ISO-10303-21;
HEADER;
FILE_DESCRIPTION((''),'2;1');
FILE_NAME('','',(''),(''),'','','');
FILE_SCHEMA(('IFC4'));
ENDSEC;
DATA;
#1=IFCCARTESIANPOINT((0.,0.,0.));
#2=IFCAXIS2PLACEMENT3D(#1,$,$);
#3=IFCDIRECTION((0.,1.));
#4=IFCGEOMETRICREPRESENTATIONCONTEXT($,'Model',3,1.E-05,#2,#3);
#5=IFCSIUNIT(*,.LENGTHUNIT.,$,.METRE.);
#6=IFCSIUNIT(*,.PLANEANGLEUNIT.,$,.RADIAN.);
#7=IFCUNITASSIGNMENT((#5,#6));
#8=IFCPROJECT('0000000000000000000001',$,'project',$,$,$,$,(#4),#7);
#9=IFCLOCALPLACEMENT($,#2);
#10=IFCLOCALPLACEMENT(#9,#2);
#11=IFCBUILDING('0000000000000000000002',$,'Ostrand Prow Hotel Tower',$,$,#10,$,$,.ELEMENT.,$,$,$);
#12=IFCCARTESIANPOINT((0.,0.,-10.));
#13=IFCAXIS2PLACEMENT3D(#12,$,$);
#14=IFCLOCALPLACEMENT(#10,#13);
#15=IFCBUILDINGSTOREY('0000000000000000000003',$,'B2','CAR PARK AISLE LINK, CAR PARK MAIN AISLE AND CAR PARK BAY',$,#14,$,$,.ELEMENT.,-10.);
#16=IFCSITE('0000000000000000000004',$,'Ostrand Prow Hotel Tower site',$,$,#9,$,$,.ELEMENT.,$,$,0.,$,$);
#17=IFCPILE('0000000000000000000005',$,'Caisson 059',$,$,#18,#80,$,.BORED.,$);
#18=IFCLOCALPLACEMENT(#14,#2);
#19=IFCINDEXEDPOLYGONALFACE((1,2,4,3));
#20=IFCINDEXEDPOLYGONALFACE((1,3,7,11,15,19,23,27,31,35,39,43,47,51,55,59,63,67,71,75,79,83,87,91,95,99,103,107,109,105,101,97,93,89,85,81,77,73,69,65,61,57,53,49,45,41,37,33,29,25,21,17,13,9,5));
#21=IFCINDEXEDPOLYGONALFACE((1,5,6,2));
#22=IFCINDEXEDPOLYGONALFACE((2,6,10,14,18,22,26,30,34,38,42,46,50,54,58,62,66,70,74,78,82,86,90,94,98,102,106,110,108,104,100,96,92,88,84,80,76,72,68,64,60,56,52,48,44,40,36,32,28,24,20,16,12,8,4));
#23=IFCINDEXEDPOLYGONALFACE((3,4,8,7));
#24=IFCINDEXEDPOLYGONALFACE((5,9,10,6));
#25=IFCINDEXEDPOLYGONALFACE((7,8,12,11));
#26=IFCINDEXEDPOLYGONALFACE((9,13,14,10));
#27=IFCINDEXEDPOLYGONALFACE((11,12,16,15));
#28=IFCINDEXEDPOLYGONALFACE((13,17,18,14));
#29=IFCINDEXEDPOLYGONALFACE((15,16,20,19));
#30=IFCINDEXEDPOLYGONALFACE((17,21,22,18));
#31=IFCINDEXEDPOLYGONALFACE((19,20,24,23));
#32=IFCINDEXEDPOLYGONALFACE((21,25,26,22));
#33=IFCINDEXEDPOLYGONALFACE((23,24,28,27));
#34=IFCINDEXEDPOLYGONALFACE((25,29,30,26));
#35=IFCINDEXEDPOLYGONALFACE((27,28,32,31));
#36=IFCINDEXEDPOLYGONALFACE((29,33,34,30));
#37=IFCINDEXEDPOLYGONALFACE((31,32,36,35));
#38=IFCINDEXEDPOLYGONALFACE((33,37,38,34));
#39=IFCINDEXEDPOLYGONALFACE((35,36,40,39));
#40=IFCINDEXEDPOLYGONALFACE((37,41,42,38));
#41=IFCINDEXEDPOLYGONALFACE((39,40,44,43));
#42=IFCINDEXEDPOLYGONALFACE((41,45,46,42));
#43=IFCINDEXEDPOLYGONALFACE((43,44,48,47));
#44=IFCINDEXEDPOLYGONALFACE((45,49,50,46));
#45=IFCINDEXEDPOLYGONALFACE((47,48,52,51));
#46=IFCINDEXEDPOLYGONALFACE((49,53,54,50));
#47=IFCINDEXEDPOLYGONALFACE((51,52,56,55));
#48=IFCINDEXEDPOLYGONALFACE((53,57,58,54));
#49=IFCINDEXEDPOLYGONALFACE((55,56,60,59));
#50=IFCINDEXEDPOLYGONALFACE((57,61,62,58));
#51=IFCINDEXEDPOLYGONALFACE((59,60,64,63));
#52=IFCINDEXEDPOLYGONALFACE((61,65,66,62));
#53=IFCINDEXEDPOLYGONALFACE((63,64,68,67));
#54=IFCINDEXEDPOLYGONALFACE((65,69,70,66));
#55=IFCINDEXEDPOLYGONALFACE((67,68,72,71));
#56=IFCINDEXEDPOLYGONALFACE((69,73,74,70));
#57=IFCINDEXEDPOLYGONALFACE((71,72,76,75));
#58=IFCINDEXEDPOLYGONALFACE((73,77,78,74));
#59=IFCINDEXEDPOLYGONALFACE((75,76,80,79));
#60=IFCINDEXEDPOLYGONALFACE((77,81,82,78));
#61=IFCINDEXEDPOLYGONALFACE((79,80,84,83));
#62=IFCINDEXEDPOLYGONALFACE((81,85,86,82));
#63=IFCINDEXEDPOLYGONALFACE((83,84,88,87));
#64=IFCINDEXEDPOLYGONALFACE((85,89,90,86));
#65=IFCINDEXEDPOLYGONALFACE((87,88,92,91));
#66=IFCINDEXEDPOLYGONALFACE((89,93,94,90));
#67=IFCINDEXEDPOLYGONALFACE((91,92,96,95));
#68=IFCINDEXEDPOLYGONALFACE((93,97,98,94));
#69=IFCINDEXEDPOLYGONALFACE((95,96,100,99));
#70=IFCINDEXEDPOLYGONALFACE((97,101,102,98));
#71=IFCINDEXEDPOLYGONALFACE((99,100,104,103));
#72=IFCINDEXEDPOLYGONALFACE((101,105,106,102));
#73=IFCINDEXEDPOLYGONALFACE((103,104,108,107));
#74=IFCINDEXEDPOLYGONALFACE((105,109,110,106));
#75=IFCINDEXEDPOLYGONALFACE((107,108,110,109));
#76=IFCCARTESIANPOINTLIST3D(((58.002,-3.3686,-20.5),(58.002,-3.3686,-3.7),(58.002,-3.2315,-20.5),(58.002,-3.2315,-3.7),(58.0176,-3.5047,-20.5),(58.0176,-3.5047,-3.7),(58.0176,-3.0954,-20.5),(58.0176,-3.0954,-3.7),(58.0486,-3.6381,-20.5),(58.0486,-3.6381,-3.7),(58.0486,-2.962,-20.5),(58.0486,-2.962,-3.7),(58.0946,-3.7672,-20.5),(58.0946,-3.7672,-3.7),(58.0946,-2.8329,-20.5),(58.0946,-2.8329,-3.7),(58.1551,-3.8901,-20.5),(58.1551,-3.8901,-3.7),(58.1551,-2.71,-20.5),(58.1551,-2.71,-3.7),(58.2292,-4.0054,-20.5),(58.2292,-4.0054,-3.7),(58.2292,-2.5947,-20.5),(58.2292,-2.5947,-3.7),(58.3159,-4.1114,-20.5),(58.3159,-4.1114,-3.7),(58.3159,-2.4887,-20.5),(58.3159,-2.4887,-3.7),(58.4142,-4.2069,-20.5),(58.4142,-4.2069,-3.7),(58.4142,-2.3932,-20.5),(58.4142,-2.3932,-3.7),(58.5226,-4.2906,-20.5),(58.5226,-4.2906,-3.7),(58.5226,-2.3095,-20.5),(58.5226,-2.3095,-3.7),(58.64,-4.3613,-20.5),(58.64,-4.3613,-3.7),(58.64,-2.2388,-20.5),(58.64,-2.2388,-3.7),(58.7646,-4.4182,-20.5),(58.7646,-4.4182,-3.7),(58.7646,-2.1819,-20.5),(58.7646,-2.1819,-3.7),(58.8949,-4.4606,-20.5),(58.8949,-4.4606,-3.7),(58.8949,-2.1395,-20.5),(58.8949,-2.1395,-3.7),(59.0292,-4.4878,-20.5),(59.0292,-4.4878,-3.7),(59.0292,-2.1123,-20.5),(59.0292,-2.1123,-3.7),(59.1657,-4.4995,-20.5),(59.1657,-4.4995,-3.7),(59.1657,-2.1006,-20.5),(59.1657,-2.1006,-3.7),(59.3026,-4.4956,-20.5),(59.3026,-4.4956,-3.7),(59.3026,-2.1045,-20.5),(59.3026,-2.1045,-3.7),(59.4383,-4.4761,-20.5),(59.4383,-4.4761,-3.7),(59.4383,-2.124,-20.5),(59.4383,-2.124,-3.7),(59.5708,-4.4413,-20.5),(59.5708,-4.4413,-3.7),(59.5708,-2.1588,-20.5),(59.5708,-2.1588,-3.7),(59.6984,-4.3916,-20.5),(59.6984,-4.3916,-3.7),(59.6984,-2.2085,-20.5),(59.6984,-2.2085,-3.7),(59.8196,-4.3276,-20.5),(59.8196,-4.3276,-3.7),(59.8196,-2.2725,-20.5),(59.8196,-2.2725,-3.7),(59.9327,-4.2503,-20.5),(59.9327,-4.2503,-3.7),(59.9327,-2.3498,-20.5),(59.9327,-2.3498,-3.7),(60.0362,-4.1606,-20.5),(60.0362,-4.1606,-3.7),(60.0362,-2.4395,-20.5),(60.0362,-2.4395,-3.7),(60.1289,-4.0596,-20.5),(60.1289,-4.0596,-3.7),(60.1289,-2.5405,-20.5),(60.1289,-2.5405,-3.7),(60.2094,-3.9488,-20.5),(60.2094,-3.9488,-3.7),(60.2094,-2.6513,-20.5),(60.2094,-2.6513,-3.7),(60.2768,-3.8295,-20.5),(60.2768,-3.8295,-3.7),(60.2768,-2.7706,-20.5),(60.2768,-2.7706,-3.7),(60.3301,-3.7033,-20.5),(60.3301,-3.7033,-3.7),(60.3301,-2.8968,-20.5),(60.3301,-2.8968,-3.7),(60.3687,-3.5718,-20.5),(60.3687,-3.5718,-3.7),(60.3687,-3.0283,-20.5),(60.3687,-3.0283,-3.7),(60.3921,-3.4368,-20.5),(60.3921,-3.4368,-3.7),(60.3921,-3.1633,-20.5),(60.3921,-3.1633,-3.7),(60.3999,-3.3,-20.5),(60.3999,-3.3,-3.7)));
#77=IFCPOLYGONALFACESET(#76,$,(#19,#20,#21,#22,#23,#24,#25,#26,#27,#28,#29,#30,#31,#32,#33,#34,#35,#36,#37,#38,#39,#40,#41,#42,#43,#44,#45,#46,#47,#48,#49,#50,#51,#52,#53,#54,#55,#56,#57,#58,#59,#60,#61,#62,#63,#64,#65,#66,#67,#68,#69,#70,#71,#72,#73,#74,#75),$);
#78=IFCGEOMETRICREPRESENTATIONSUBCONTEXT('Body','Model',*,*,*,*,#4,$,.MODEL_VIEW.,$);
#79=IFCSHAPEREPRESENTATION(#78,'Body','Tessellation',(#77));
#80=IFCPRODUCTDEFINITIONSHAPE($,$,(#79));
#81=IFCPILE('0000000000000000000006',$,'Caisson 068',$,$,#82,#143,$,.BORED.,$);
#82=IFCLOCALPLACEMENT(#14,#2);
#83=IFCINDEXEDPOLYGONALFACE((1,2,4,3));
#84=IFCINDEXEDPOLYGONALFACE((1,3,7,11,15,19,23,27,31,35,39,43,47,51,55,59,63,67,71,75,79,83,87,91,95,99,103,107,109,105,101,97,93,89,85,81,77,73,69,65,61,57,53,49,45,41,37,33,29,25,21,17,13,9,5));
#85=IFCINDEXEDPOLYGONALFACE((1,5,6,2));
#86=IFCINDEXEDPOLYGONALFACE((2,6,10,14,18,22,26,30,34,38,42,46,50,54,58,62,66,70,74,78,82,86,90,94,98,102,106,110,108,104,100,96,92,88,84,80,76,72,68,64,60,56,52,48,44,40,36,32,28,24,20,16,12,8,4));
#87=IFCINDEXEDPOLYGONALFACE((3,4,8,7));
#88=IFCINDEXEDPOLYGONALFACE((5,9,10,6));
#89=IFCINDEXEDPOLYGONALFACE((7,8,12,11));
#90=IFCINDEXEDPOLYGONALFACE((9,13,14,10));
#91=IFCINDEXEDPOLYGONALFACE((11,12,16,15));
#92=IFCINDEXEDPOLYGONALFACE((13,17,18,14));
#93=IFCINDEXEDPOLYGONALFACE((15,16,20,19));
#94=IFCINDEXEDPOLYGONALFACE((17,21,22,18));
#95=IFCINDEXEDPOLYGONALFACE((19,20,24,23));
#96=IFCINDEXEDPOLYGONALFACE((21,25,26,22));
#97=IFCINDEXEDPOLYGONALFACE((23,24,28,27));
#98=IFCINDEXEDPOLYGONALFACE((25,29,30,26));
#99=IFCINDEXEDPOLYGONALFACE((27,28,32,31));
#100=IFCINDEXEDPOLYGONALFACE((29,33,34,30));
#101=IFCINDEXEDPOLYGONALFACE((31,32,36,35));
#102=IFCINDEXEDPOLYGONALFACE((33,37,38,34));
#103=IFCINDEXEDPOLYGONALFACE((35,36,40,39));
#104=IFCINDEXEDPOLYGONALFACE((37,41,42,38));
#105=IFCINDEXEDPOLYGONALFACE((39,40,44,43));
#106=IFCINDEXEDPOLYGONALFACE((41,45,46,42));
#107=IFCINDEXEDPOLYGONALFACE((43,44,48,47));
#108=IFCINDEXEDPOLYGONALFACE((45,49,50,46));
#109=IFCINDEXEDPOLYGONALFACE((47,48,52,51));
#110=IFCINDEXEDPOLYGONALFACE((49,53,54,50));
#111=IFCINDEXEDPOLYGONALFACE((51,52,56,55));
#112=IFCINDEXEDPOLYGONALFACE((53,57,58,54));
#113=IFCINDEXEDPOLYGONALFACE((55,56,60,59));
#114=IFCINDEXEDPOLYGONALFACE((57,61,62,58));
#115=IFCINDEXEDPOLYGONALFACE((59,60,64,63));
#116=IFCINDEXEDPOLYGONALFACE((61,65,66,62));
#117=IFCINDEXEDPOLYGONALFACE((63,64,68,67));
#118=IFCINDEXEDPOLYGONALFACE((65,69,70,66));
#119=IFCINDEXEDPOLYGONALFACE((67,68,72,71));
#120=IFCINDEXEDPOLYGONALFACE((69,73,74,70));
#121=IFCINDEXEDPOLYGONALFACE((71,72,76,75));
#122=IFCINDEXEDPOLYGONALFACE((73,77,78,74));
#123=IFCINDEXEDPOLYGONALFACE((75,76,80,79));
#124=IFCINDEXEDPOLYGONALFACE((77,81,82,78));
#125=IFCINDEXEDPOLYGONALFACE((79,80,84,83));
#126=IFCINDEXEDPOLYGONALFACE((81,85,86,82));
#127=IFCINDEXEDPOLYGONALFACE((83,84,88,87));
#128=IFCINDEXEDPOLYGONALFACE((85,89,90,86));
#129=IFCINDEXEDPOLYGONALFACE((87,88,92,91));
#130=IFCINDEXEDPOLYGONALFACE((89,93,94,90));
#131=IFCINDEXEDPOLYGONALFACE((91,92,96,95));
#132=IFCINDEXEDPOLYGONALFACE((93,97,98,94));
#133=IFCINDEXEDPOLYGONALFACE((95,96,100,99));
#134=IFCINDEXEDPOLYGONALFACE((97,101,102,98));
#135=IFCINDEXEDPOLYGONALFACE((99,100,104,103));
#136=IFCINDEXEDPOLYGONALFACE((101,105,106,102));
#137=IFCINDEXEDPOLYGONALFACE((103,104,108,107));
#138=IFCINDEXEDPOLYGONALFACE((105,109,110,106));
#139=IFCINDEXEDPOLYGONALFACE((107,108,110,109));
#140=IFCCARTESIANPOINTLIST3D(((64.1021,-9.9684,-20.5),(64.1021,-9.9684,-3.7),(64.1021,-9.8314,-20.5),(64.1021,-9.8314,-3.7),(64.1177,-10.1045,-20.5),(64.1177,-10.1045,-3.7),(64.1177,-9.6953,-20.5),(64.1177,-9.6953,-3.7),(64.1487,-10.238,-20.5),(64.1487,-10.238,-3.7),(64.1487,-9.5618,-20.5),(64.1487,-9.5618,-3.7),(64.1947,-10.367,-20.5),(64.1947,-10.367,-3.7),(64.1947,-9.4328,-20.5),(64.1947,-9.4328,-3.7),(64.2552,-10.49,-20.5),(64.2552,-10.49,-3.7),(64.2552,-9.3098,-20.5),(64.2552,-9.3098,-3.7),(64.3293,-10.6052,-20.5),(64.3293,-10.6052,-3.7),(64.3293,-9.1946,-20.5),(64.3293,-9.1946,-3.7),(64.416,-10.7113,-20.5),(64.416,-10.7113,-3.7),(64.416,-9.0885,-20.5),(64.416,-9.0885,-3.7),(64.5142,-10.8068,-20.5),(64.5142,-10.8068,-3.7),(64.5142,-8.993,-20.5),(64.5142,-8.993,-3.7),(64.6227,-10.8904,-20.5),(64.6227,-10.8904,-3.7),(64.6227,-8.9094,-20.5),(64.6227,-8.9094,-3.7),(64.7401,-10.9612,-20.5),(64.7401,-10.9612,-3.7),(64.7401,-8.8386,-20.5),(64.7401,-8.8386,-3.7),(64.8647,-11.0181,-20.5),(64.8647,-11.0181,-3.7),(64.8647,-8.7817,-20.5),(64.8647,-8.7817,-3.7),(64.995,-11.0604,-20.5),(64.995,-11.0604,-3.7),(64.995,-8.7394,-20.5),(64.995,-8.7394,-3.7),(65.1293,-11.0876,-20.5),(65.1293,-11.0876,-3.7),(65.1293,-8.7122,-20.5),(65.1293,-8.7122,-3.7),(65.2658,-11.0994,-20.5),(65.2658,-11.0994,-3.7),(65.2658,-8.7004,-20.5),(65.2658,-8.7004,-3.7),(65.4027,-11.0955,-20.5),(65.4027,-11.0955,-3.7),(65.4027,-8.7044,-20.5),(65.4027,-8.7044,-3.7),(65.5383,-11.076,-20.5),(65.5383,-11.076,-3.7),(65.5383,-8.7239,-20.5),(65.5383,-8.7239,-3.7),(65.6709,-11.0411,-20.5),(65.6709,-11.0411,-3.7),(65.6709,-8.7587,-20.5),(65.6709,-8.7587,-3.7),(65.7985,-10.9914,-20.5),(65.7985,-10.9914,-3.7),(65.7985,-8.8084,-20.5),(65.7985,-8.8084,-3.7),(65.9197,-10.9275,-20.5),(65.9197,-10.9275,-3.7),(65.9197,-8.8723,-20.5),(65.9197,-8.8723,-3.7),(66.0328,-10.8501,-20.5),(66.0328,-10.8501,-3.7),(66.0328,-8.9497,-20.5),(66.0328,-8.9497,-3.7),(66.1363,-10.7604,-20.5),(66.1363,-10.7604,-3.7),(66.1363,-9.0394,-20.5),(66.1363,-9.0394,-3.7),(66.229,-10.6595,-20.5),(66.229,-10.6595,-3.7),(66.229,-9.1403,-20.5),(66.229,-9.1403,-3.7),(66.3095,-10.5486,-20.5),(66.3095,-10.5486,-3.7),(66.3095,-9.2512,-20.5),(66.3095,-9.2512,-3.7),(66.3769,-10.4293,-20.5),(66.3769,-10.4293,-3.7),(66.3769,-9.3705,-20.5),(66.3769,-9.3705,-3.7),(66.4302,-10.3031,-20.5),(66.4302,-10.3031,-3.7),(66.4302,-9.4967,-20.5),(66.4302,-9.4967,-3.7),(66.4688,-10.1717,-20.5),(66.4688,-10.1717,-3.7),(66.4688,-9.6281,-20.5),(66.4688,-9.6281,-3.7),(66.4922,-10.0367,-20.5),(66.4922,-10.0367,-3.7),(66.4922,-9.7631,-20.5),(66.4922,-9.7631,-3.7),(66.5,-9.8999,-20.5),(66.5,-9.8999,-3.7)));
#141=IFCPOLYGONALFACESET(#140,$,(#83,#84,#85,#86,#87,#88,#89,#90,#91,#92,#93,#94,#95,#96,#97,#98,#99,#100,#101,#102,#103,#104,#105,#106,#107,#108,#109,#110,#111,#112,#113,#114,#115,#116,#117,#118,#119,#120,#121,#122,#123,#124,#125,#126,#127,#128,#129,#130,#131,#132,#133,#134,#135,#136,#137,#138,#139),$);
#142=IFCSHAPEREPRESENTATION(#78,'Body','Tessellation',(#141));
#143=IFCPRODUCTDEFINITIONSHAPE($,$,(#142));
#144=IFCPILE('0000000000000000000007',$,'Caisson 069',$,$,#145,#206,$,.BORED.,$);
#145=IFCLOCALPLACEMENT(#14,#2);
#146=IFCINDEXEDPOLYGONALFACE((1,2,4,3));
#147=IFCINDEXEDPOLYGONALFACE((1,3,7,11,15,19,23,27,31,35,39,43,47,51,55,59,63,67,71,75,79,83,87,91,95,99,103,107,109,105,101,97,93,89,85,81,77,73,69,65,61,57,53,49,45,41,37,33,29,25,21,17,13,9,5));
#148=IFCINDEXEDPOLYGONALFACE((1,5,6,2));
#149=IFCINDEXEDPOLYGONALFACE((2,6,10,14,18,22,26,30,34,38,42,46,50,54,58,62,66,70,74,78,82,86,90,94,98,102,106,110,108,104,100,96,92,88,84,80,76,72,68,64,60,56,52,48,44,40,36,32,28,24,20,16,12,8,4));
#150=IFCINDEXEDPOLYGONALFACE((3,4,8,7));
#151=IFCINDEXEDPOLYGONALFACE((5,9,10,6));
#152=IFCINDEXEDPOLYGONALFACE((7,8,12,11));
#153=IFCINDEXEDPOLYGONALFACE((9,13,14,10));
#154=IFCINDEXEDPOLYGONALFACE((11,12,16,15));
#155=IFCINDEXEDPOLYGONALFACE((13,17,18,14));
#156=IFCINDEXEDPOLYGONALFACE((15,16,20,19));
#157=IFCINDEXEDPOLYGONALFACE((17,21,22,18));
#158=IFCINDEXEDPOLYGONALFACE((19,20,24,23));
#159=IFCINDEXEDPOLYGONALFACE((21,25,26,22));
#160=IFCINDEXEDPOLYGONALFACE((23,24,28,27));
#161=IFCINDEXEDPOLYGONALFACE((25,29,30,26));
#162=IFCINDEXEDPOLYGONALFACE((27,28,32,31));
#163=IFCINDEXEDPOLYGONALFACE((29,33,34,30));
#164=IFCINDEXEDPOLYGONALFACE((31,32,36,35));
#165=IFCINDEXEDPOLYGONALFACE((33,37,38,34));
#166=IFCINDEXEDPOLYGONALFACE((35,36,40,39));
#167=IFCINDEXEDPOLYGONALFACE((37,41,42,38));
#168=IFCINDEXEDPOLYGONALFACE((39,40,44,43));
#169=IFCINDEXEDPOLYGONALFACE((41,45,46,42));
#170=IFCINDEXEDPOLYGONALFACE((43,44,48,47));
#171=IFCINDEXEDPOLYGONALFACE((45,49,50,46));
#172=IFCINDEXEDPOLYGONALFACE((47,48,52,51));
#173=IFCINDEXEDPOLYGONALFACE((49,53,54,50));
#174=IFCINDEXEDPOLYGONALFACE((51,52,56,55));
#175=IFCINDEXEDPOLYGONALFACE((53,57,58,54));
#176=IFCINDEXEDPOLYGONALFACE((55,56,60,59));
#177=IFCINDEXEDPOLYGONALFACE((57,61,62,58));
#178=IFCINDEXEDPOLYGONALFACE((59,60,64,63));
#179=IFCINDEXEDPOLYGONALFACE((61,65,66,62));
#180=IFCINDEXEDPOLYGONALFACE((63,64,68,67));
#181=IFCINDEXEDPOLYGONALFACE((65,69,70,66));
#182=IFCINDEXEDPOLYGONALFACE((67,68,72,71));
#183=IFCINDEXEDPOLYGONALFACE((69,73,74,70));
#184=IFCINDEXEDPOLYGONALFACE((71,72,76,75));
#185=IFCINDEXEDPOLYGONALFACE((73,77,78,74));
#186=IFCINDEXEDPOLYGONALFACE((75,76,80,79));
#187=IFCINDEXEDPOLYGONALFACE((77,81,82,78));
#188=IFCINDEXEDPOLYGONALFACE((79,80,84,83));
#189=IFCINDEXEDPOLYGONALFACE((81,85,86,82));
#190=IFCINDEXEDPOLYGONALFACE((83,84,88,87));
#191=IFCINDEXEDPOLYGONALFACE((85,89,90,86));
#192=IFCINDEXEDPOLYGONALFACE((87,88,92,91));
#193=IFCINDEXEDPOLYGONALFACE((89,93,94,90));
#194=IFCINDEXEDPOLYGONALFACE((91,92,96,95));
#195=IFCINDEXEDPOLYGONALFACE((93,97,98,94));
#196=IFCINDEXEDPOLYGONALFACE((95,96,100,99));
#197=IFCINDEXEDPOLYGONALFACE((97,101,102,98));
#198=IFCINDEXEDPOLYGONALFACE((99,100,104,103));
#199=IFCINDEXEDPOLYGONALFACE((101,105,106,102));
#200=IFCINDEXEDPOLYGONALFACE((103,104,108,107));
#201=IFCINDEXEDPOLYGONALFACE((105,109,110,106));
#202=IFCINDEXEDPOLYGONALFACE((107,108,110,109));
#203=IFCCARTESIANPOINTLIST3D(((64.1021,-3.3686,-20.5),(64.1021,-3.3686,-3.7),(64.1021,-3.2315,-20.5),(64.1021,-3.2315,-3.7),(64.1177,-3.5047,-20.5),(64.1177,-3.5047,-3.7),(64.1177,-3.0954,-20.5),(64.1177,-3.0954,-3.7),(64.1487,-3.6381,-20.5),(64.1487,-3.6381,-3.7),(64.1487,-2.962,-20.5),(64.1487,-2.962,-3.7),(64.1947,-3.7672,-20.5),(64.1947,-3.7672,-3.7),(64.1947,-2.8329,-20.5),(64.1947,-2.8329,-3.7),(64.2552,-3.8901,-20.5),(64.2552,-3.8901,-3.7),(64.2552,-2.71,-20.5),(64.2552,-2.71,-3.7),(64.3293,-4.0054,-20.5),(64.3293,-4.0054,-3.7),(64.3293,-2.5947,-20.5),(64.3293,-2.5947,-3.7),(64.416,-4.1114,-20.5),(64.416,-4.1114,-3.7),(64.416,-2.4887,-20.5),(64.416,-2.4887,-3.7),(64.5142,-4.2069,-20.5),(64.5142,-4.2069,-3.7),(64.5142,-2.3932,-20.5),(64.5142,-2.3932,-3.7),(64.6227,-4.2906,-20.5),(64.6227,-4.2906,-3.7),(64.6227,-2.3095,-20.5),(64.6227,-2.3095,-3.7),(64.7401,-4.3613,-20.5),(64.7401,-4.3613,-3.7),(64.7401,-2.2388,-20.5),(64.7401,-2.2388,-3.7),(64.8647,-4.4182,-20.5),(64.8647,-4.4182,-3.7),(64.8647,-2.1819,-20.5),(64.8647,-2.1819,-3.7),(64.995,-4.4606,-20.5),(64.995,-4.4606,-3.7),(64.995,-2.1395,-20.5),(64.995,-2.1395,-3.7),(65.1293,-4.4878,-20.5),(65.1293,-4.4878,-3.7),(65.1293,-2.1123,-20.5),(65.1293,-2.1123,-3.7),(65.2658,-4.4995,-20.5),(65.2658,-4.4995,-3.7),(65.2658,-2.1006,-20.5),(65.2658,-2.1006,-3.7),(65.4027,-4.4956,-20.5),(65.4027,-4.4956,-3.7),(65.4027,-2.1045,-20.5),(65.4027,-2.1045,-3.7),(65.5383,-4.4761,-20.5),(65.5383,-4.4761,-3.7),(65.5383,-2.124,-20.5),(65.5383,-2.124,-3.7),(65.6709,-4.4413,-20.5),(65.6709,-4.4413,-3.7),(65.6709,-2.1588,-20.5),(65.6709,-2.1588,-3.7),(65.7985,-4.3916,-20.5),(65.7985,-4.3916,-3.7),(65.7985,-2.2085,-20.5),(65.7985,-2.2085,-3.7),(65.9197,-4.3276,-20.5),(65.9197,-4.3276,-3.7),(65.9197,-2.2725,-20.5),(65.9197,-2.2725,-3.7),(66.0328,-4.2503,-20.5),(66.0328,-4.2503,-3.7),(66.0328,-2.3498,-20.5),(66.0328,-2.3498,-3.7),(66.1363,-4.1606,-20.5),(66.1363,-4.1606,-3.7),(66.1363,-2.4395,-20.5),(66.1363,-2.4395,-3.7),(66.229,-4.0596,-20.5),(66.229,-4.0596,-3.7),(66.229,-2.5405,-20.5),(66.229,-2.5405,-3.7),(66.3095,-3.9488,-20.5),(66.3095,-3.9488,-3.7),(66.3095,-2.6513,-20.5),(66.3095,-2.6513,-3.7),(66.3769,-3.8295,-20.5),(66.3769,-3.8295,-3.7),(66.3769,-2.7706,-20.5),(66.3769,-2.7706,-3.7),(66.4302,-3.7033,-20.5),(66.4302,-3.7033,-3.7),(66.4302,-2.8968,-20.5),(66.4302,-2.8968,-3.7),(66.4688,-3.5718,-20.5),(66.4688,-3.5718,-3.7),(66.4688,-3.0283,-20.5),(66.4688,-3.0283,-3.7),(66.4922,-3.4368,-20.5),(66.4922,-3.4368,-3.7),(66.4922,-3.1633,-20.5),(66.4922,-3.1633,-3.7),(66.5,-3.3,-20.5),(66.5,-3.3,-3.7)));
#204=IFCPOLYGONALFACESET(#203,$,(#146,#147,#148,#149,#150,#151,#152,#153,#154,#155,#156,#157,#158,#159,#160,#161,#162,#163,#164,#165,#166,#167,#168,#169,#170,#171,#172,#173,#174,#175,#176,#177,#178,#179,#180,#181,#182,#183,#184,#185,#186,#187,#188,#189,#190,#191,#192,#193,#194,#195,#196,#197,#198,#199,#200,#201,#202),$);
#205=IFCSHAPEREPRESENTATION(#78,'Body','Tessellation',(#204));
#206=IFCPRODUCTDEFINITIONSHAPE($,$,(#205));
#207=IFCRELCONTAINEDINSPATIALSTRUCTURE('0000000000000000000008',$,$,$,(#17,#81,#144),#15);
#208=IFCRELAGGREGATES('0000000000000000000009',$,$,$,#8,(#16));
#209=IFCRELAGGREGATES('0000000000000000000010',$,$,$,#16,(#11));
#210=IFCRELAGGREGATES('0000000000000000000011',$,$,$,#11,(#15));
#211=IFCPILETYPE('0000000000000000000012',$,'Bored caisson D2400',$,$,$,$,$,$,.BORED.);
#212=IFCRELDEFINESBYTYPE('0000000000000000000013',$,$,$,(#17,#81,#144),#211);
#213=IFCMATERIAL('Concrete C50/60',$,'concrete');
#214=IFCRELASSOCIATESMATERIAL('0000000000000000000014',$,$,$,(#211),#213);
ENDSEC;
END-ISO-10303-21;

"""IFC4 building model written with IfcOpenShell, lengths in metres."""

from ifc_helpers import new_model, si_unit, direction, frame, origin, origin_2d, place, context, subcontext, project, spatial, circle, extrude, material, type_object, element, save


model = new_model("IFC4")

# Units and contexts
model_context = context("Model", 3, precision=1e-05, world=origin(), true_north=direction((0.0, 1.0)))
body_context = subcontext(model_context, "Body", "Model", "MODEL_VIEW")
ifc_project = project(units=[si_unit("LENGTHUNIT", "METRE"), si_unit("PLANEANGLEUNIT", "RADIAN")], contexts=[model_context])

# Site, building, storey
site_placement = place(None, origin())
site = spatial("IfcSite", under=ifc_project, at=site_placement, Name="Ostrand Prow Hotel Tower site", CompositionType="ELEMENT", RefElevation=0.0)
building_placement = place(site_placement, origin())
building = spatial("IfcBuilding", under=site, at=building_placement, Name="Ostrand Prow Hotel Tower", CompositionType="ELEMENT")
storey_placement = place(building_placement, frame((0.0, 0.0, -10.0)))
storey = spatial("IfcBuildingStorey", under=building, at=storey_placement, Name="B2", Description="CAR PARK AISLE LINK, CAR PARK MAIN AISLE AND CAR PARK BAY", CompositionType="ELEMENT", Elevation=-10.0)

# Piles
ifc_material_1 = material(Name="Concrete C50/60", Category="concrete")
pile_type_1 = type_object("IfcPileType", Name="Bored caisson D2400", PredefinedType="BORED", material=ifc_material_1)
for number, where, z_axis, x_axis, name in (
    (1, (59.2, -3.3, -3.7), (0.0, 0.0, -1.0), (1.0, 0.0, 0.0), "Caisson 059"),
    (2, (65.3, -9.8999, -3.7), (0.0, 0.0, -1.0), (1.0, 0.0, 0.0), "Caisson 068"),
    (3, (65.3, -3.3, -3.7), (0.0, 0.0, -1.0), (1.0, 0.0, 0.0), "Caisson 069"),
):
    element("IfcPile", number, at=place(storey_placement, frame(where, z_axis=z_axis, x_axis=x_axis)), inside=storey, type_object=pile_type_1, Name=name, PredefinedType="BORED", context=body_context, shape_type="SweptSolid", body=[
        extrude(circle(Radius=1.2, at=origin_2d()), origin(), (0.0, 0.0, 1.0), 16.8),
    ])

save(model, "model.ifc")
